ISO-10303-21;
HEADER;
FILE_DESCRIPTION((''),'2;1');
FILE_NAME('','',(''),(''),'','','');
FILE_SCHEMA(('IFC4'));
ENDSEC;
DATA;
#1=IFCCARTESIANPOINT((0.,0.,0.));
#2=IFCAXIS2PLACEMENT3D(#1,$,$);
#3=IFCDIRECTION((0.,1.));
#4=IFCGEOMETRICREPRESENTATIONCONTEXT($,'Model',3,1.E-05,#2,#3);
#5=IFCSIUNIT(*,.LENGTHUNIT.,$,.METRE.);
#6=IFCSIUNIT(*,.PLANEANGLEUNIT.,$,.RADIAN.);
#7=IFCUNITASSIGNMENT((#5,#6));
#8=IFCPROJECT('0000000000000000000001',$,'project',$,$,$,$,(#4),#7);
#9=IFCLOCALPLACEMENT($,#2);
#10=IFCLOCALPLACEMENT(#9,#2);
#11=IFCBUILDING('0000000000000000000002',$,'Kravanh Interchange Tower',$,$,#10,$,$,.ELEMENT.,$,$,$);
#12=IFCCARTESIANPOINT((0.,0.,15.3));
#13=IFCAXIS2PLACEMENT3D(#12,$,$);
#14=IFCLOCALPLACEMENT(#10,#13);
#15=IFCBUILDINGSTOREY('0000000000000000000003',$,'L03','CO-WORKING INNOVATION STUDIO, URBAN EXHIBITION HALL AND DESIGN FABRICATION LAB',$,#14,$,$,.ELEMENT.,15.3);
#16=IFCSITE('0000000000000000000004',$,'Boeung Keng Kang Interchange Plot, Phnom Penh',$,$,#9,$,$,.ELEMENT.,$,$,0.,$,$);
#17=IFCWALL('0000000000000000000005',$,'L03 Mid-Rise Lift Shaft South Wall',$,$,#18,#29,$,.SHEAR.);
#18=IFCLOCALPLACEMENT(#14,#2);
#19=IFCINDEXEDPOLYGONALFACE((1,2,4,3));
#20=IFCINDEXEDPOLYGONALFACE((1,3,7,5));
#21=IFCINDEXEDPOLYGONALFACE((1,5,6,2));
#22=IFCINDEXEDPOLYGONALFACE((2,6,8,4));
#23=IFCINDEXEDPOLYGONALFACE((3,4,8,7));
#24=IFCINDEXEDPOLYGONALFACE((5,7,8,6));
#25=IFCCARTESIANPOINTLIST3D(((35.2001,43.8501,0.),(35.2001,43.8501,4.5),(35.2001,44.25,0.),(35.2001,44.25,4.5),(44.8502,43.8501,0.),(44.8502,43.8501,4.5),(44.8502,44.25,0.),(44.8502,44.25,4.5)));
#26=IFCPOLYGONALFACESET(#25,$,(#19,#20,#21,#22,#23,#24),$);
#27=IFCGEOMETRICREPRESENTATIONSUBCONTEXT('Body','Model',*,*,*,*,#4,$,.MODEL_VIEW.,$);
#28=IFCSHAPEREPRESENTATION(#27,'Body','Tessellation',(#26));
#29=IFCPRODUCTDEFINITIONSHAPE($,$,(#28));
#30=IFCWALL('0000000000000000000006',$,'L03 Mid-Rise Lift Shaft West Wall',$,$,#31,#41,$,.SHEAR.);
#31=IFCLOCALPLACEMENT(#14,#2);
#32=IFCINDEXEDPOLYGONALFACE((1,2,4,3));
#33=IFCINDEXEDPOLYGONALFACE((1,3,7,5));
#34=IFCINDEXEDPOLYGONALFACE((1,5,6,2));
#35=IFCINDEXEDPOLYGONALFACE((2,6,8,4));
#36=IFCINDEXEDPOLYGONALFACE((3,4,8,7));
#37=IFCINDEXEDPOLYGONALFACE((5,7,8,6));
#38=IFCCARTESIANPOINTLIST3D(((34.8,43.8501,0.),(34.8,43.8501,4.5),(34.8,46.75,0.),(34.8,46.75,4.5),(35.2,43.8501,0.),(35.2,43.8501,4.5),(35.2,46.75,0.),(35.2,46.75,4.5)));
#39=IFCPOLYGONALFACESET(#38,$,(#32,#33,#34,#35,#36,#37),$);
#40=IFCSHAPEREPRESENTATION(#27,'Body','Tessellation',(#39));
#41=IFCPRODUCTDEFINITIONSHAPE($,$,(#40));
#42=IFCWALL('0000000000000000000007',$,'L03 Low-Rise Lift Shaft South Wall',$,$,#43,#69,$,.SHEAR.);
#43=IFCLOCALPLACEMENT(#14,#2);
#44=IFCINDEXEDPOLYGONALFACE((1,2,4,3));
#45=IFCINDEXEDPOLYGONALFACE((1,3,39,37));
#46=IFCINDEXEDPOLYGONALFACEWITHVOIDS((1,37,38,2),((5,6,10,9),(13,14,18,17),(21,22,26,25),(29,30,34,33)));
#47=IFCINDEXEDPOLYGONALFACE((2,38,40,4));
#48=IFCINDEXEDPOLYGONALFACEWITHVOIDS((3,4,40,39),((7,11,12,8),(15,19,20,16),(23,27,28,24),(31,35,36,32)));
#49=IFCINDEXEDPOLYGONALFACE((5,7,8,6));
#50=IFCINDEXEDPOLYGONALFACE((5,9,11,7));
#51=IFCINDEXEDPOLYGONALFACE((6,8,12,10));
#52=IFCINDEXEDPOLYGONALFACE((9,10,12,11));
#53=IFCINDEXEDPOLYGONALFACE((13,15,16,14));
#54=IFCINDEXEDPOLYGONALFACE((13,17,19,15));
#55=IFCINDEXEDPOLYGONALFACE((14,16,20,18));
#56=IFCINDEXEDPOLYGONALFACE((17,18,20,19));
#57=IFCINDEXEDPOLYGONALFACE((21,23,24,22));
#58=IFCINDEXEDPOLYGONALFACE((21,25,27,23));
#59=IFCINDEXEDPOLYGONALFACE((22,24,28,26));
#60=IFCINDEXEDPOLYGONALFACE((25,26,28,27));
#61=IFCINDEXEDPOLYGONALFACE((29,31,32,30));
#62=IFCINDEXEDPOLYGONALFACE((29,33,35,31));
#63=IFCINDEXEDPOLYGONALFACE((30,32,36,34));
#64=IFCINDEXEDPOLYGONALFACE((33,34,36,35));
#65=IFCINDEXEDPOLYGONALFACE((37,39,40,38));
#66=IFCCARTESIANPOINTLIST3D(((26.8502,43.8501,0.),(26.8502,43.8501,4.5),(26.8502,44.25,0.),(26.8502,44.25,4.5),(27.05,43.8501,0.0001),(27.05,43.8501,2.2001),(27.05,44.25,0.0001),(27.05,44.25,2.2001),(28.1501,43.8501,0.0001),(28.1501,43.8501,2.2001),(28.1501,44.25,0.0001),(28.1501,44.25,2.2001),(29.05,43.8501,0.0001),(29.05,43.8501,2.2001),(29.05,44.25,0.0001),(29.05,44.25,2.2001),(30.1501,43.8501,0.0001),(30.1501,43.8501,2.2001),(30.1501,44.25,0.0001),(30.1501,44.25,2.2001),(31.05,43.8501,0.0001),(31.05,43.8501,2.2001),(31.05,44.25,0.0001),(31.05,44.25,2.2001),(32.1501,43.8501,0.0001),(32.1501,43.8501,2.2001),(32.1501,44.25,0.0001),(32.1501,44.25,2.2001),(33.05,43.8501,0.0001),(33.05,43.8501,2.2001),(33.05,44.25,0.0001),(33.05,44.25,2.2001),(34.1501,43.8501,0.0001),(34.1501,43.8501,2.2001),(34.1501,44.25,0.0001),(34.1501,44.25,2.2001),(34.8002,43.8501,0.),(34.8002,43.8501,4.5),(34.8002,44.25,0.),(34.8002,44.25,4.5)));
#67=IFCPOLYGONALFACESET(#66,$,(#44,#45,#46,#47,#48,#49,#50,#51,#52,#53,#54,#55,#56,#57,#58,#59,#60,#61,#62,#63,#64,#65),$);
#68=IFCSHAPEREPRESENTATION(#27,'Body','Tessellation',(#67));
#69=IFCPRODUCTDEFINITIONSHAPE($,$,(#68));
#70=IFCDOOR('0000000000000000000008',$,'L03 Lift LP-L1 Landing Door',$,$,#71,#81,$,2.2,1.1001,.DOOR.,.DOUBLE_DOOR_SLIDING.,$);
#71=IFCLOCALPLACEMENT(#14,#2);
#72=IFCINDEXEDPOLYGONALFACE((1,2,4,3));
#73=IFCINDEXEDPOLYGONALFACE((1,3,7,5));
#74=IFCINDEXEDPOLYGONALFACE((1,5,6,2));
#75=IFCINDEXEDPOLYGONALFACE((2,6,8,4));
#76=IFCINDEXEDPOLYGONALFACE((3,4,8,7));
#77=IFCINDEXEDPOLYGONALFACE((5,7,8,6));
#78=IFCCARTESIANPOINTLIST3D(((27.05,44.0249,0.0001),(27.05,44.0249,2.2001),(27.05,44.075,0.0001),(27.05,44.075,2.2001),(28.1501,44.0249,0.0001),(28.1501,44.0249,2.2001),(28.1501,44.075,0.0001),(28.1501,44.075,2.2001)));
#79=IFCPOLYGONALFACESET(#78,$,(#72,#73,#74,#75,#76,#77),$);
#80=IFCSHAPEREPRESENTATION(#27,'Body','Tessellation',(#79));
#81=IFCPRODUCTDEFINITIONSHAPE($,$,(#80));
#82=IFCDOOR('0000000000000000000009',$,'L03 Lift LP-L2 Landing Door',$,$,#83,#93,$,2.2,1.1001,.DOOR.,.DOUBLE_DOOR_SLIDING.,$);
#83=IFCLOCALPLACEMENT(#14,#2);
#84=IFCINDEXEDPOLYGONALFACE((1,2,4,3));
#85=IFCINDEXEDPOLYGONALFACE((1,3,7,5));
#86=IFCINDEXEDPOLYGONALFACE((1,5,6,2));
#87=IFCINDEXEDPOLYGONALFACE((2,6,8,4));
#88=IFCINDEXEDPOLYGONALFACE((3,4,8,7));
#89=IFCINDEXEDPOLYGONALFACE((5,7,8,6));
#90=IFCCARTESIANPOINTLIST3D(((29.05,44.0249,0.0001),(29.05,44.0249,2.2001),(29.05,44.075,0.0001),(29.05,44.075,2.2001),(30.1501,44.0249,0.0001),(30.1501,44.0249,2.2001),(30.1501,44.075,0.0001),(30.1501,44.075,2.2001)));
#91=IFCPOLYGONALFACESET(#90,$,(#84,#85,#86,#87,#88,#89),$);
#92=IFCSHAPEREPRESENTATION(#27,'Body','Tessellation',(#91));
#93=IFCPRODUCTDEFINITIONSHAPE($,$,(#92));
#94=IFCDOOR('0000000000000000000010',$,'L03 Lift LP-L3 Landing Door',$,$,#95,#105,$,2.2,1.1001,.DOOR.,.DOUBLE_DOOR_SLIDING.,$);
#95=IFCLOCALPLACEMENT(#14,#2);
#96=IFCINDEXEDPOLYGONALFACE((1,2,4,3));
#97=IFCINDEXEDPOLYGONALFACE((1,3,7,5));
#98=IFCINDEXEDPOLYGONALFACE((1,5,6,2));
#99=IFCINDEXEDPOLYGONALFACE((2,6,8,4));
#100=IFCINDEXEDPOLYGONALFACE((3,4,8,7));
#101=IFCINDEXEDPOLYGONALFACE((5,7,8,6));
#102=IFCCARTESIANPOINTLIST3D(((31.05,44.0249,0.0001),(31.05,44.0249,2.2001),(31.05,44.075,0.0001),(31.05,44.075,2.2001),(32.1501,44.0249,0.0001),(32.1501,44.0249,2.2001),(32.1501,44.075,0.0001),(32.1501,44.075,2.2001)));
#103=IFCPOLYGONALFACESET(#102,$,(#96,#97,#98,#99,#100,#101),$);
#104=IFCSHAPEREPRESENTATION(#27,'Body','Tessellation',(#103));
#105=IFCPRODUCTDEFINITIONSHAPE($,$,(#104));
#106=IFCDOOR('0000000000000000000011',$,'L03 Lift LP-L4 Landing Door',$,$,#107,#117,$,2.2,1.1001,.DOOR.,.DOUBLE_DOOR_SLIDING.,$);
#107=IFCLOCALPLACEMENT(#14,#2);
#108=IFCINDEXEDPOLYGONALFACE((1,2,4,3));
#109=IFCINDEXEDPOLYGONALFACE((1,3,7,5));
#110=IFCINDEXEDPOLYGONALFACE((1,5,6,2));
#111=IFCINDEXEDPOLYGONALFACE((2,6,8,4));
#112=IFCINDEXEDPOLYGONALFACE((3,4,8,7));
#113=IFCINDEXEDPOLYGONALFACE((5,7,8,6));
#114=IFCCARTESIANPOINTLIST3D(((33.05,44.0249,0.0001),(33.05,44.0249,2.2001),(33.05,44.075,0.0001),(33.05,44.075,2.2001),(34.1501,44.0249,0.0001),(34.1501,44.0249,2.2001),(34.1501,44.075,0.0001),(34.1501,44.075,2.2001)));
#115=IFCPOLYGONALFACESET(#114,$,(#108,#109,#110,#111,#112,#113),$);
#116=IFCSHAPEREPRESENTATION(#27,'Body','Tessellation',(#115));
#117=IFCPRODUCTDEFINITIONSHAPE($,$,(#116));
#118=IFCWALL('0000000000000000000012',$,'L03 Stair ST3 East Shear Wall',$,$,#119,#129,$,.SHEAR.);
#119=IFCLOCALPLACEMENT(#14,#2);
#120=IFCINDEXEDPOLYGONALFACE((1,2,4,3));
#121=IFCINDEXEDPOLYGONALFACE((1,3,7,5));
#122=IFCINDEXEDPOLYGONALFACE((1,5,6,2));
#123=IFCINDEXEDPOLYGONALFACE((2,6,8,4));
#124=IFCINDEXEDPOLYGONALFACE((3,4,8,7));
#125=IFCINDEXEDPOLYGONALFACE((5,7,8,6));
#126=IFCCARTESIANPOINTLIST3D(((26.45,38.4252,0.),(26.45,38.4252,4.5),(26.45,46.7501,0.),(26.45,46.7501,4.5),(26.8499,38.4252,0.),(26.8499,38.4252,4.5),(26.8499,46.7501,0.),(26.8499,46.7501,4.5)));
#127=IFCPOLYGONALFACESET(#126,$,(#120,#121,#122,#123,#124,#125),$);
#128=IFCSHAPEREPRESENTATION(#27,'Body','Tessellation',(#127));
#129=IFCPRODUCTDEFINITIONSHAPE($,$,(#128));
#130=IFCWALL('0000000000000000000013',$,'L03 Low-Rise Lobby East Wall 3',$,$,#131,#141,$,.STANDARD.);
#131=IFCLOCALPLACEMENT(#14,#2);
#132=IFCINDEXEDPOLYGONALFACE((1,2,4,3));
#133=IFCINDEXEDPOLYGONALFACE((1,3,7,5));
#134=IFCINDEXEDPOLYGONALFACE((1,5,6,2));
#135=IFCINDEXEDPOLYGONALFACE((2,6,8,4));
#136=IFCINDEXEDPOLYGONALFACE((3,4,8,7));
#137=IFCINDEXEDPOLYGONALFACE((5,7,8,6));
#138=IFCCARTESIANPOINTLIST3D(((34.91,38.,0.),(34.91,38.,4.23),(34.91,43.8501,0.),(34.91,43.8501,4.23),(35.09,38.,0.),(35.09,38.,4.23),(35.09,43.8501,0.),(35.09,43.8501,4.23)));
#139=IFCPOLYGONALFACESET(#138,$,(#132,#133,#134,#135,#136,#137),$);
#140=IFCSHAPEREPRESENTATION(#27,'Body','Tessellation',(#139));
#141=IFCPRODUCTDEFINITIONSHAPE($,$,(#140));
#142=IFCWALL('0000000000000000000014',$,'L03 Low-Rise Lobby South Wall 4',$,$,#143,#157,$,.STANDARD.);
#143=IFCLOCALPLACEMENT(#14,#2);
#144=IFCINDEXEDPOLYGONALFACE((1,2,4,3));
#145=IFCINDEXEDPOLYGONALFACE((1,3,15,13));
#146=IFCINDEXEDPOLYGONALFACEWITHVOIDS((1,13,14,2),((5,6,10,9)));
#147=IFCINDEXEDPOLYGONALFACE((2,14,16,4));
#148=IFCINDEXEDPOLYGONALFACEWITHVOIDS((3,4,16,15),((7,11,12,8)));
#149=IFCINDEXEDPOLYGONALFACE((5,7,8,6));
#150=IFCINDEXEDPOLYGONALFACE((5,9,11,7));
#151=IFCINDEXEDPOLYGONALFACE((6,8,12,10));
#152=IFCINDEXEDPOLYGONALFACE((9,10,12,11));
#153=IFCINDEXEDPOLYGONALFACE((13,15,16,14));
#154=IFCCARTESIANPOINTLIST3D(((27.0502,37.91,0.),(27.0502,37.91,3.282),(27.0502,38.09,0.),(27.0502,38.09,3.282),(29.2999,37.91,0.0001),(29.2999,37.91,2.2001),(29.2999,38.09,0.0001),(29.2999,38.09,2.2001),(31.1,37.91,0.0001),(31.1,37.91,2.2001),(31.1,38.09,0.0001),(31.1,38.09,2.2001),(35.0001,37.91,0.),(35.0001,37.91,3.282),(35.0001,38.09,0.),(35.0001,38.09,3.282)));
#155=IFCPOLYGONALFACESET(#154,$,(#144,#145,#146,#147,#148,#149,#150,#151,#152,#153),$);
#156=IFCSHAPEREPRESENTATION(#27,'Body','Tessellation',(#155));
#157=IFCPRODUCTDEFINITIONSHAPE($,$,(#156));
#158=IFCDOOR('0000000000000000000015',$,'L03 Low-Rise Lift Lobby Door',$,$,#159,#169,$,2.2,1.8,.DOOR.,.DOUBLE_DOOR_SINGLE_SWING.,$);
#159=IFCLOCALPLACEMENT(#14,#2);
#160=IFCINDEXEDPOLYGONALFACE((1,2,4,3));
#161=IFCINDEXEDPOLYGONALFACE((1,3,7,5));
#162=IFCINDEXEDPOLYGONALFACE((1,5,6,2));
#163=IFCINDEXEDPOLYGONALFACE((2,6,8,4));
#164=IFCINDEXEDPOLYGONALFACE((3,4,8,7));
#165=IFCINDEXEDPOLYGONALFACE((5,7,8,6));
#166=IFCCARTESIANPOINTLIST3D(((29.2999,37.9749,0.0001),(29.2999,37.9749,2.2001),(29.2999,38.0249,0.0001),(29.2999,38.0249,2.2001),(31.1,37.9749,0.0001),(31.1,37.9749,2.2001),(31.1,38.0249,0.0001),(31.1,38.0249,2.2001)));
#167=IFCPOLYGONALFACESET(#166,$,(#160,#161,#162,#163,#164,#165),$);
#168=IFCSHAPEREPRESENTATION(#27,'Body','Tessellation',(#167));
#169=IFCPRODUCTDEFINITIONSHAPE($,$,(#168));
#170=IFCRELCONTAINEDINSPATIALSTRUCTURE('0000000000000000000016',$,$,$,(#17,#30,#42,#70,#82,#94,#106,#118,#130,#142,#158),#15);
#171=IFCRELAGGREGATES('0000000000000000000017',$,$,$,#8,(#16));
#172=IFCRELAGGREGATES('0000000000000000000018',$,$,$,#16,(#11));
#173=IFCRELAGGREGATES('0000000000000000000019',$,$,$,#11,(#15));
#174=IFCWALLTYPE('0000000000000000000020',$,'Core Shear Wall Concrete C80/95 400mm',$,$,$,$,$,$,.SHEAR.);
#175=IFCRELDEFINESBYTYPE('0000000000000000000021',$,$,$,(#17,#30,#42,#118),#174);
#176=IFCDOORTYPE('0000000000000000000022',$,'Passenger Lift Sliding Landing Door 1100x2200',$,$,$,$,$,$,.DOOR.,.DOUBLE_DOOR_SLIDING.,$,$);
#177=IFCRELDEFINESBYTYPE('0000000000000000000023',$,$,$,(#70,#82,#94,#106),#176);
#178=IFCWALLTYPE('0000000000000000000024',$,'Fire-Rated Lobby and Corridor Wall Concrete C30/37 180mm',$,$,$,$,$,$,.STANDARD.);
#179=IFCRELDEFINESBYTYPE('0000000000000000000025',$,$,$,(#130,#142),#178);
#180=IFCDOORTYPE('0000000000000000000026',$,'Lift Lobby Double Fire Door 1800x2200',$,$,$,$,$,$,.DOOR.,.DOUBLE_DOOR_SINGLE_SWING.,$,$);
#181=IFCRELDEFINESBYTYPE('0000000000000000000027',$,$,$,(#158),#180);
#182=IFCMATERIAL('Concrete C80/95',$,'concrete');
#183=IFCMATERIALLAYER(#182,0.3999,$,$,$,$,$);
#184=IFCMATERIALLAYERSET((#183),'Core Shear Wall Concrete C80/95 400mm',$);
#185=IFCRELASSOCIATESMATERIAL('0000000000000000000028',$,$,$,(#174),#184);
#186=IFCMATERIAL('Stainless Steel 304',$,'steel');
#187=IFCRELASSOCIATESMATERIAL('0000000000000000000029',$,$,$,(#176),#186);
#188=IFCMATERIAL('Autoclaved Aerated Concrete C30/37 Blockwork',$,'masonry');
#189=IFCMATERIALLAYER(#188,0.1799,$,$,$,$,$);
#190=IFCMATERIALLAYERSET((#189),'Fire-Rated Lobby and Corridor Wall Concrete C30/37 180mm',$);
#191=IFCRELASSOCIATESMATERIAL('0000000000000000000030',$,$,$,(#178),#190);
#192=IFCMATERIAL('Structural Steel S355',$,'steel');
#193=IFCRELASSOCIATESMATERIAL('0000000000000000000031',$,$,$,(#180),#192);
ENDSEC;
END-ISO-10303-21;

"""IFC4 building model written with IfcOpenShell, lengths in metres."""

from ifc_helpers import new_model, si_unit, direction, frame, frame_2d, origin, place, context, subcontext, project, spatial, rectangle, extrude, material, layer, layer_set, type_object, element, fill, save


model = new_model("IFC4")

# Units and contexts
model_context = context("Model", 3, precision=1e-05, world=origin(), true_north=direction((0.0, 1.0)))
body_context = subcontext(model_context, "Body", "Model", "MODEL_VIEW")
ifc_project = project(units=[si_unit("LENGTHUNIT", "METRE"), si_unit("PLANEANGLEUNIT", "RADIAN")], contexts=[model_context])

# Site, building, storey
site_placement = place(None, origin())
site = spatial("IfcSite", under=ifc_project, at=site_placement, Name="Boeung Keng Kang Interchange Plot, Phnom Penh", CompositionType="ELEMENT", RefElevation=0.0)
building_placement = place(site_placement, origin())
building = spatial("IfcBuilding", under=site, at=building_placement, Name="Kravanh Interchange Tower", CompositionType="ELEMENT")
storey_placement = place(building_placement, frame((0.0, 0.0, 15.3)))
storey = spatial("IfcBuildingStorey", under=building, at=storey_placement, Name="L03", Description="CO-WORKING INNOVATION STUDIO, URBAN EXHIBITION HALL AND DESIGN FABRICATION LAB", CompositionType="ELEMENT", Elevation=15.3)

# Walls
ifc_material_1 = material(Name="Concrete C80/95", Category="concrete")
ifc_layer_1 = layer(ifc_material_1, 0.3999)
ifc_layer_set_1 = layer_set([ifc_layer_1], Name="Core Shear Wall Concrete C80/95 400mm")
wall_type_1 = type_object("IfcWallType", Name="Core Shear Wall Concrete C80/95 400mm", PredefinedType="SHEAR", material=ifc_layer_set_1)
wall_1_placement = place(storey_placement, frame((35.2, 44.05, 0.0), z_axis=(0.0, 0.0, 1.0), x_axis=(1.0, 0.0, 0.0)))
element("IfcWall", 1, at=wall_1_placement, inside=storey, type_object=wall_type_1, Name="L03 Mid-Rise Lift Shaft South Wall", PredefinedType="SHEAR", context=body_context, shape_type="SweptSolid", body=[
    extrude(rectangle(XDim=9.6501, YDim=0.3999, at=frame_2d((4.8252, 0.0))), origin(), (0.0, 0.0, 1.0), 4.5),
])
wall_2_placement = place(storey_placement, frame((35.0, 43.8501, 0.0), z_axis=(0.0, 0.0, 1.0), x_axis=(0.0, 1.0, 0.0)))
element("IfcWall", 2, at=wall_2_placement, inside=storey, type_object=wall_type_1, Name="L03 Mid-Rise Lift Shaft West Wall", PredefinedType="SHEAR", context=body_context, shape_type="SweptSolid", body=[
    extrude(rectangle(XDim=2.8999, YDim=0.3999, at=frame_2d((1.45, 0.0))), origin(), (0.0, 0.0, 1.0), 4.5),
])

# Wall, openings, doors
wall_3_placement = place(storey_placement, frame((26.8501, 44.05, 0.0), z_axis=(0.0, 0.0, 1.0), x_axis=(1.0, 0.0, 0.0)))
wall_3 = element("IfcWall", 3, at=wall_3_placement, inside=storey, type_object=wall_type_1, Name="L03 Low-Rise Lift Shaft South Wall", PredefinedType="SHEAR", context=body_context, shape_type="SweptSolid", body=[
    extrude(rectangle(XDim=7.95, YDim=0.3999, at=frame_2d((3.9751, 0.0))), origin(), (0.0, 0.0, 1.0), 4.5),
])
opening_1_placement = place(wall_3_placement, frame((0.2, 0.0, 0.0)))
opening_1 = element("IfcOpeningElement", 4, at=opening_1_placement, cuts=wall_3, PredefinedType="OPENING", context=body_context, shape_type="SweptSolid", body=[
    extrude(rectangle(XDim=1.1001, YDim=2.2, at=frame_2d((0.55, 1.1001))), frame((0.0, 0.21, 0.0), z_axis=(0.0, -1.0, 0.0), x_axis=(1.0, 0.0, 0.0)), (0.0, 0.0, 1.0), 0.4199),
])
opening_2_placement = place(wall_3_placement, frame((2.2, 0.0, 0.0)))
opening_2 = element("IfcOpeningElement", 5, at=opening_2_placement, cuts=wall_3, PredefinedType="OPENING", context=body_context, shape_type="SweptSolid", body=[
    extrude(rectangle(XDim=1.1001, YDim=2.2, at=frame_2d((0.55, 1.1001))), frame((0.0, 0.21, 0.0), z_axis=(0.0, -1.0, 0.0), x_axis=(1.0, 0.0, 0.0)), (0.0, 0.0, 1.0), 0.4199),
])
opening_3_placement = place(wall_3_placement, frame((4.2, 0.0, 0.0)))
opening_3 = element("IfcOpeningElement", 6, at=opening_3_placement, cuts=wall_3, PredefinedType="OPENING", context=body_context, shape_type="SweptSolid", body=[
    extrude(rectangle(XDim=1.1001, YDim=2.2, at=frame_2d((0.55, 1.1001))), frame((0.0, 0.21, 0.0), z_axis=(0.0, -1.0, 0.0), x_axis=(1.0, 0.0, 0.0)), (0.0, 0.0, 1.0), 0.4199),
])
opening_4_placement = place(wall_3_placement, frame((6.2, 0.0, 0.0)))
opening_4 = element("IfcOpeningElement", 7, at=opening_4_placement, cuts=wall_3, PredefinedType="OPENING", context=body_context, shape_type="SweptSolid", body=[
    extrude(rectangle(XDim=1.1001, YDim=2.2, at=frame_2d((0.55, 1.1001))), frame((0.0, 0.21, 0.0), z_axis=(0.0, -1.0, 0.0), x_axis=(1.0, 0.0, 0.0)), (0.0, 0.0, 1.0), 0.4199),
])
ifc_material_2 = material(Name="Stainless Steel 304", Category="steel")
door_type_1 = type_object("IfcDoorType", Name="Passenger Lift Sliding Landing Door 1100x2200", OperationType="DOUBLE_DOOR_SLIDING", PredefinedType="DOOR", material=ifc_material_2)
door_1_placement = place(opening_1_placement, origin())
door_1 = element("IfcDoor", 8, at=door_1_placement, inside=storey, type_object=door_type_1, Name="L03 Lift LP-L1 Landing Door", OperationType="DOUBLE_DOOR_SLIDING", OverallHeight=2.2, OverallWidth=1.1001, PredefinedType="DOOR", context=body_context, shape_type="SweptSolid", body=[
    extrude(rectangle(XDim=1.1001, YDim=2.2, at=frame_2d((0.55, 1.1001))), frame((0.0, 0.0249, 0.0), z_axis=(0.0, -1.0, 0.0), x_axis=(1.0, 0.0, 0.0)), (0.0, 0.0, 1.0), 0.05),
])
fill(opening_1, door_1)
door_2_placement = place(opening_2_placement, origin())
door_2 = element("IfcDoor", 9, at=door_2_placement, inside=storey, type_object=door_type_1, Name="L03 Lift LP-L2 Landing Door", OperationType="DOUBLE_DOOR_SLIDING", OverallHeight=2.2, OverallWidth=1.1001, PredefinedType="DOOR", context=body_context, shape_type="SweptSolid", body=[
    extrude(rectangle(XDim=1.1001, YDim=2.2, at=frame_2d((0.55, 1.1001))), frame((0.0, 0.0249, 0.0), z_axis=(0.0, -1.0, 0.0), x_axis=(1.0, 0.0, 0.0)), (0.0, 0.0, 1.0), 0.05),
])
fill(opening_2, door_2)
door_3_placement = place(opening_3_placement, origin())
door_3 = element("IfcDoor", 10, at=door_3_placement, inside=storey, type_object=door_type_1, Name="L03 Lift LP-L3 Landing Door", OperationType="DOUBLE_DOOR_SLIDING", OverallHeight=2.2, OverallWidth=1.1001, PredefinedType="DOOR", context=body_context, shape_type="SweptSolid", body=[
    extrude(rectangle(XDim=1.1001, YDim=2.2, at=frame_2d((0.55, 1.1001))), frame((0.0, 0.0249, 0.0), z_axis=(0.0, -1.0, 0.0), x_axis=(1.0, 0.0, 0.0)), (0.0, 0.0, 1.0), 0.05),
])
fill(opening_3, door_3)
door_4_placement = place(opening_4_placement, origin())
door_4 = element("IfcDoor", 11, at=door_4_placement, inside=storey, type_object=door_type_1, Name="L03 Lift LP-L4 Landing Door", OperationType="DOUBLE_DOOR_SLIDING", OverallHeight=2.2, OverallWidth=1.1001, PredefinedType="DOOR", context=body_context, shape_type="SweptSolid", body=[
    extrude(rectangle(XDim=1.1001, YDim=2.2, at=frame_2d((0.55, 1.1001))), frame((0.0, 0.0249, 0.0), z_axis=(0.0, -1.0, 0.0), x_axis=(1.0, 0.0, 0.0)), (0.0, 0.0, 1.0), 0.05),
])
fill(opening_4, door_4)

# Walls
wall_4_placement = place(storey_placement, frame((26.6499, 38.425, 0.0), z_axis=(0.0, 0.0, 1.0), x_axis=(0.0, 1.0, 0.0)))
element("IfcWall", 12, at=wall_4_placement, inside=storey, type_object=wall_type_1, Name="L03 Stair ST3 East Shear Wall", PredefinedType="SHEAR", context=body_context, shape_type="SweptSolid", body=[
    extrude(rectangle(XDim=8.325, YDim=0.3999, at=frame_2d((4.1626, 0.0))), origin(), (0.0, 0.0, 1.0), 4.5),
])
ifc_material_3 = material(Name="Autoclaved Aerated Concrete C30/37 Blockwork", Category="masonry")
ifc_layer_2 = layer(ifc_material_3, 0.1799)
ifc_layer_set_2 = layer_set([ifc_layer_2], Name="Fire-Rated Lobby and Corridor Wall Concrete C30/37 180mm")
wall_type_2 = type_object("IfcWallType", Name="Fire-Rated Lobby and Corridor Wall Concrete C30/37 180mm", PredefinedType="STANDARD", material=ifc_layer_set_2)
wall_5_placement = place(storey_placement, frame((35.0, 38.0, 0.0), z_axis=(0.0, 0.0, 1.0), x_axis=(0.0, 1.0, 0.0)))
element("IfcWall", 13, at=wall_5_placement, inside=storey, type_object=wall_type_2, Name="L03 Low-Rise Lobby East Wall 3", PredefinedType="STANDARD", context=body_context, shape_type="SweptSolid", body=[
    extrude(rectangle(XDim=5.8501, YDim=0.1799, at=frame_2d((2.925, 0.0))), origin(), (0.0, 0.0, 1.0), 4.23),
])

# Wall, opening, door
wall_6_placement = place(storey_placement, frame((27.05, 38.0, 0.0), z_axis=(0.0, 0.0, 1.0), x_axis=(1.0, 0.0, 0.0)))
wall_6 = element("IfcWall", 14, at=wall_6_placement, inside=storey, type_object=wall_type_2, Name="L03 Low-Rise Lobby South Wall 4", PredefinedType="STANDARD", context=body_context, shape_type="SweptSolid", body=[
    extrude(rectangle(XDim=7.95, YDim=0.1799, at=frame_2d((3.9751, 0.0))), origin(), (0.0, 0.0, 1.0), 3.282),
])
opening_5_placement = place(wall_6_placement, frame((2.25, 0.0, 0.0)))
opening_5 = element("IfcOpeningElement", 15, at=opening_5_placement, cuts=wall_6, PredefinedType="OPENING", context=body_context, shape_type="SweptSolid", body=[
    extrude(rectangle(XDim=1.8, YDim=2.2, at=frame_2d((0.8999, 1.1001))), frame((0.0, 0.1001, 0.0), z_axis=(0.0, -1.0, 0.0), x_axis=(1.0, 0.0, 0.0)), (0.0, 0.0, 1.0), 0.2),
])
ifc_material_4 = material(Name="Structural Steel S355", Category="steel")
door_type_2 = type_object("IfcDoorType", Name="Lift Lobby Double Fire Door 1800x2200", OperationType="DOUBLE_DOOR_SINGLE_SWING", PredefinedType="DOOR", material=ifc_material_4)
door_5_placement = place(opening_5_placement, origin())
door_5 = element("IfcDoor", 16, at=door_5_placement, inside=storey, type_object=door_type_2, Name="L03 Low-Rise Lift Lobby Door", OperationType="DOUBLE_DOOR_SINGLE_SWING", OverallHeight=2.2, OverallWidth=1.8, PredefinedType="DOOR", context=body_context, shape_type="SweptSolid", body=[
    extrude(rectangle(XDim=1.8, YDim=2.2, at=frame_2d((0.8999, 1.1001))), frame((0.0, 0.0249, 0.0), z_axis=(0.0, -1.0, 0.0), x_axis=(1.0, 0.0, 0.0)), (0.0, 0.0, 1.0), 0.05),
])
fill(opening_5, door_5)

save(model, "model.ifc")
